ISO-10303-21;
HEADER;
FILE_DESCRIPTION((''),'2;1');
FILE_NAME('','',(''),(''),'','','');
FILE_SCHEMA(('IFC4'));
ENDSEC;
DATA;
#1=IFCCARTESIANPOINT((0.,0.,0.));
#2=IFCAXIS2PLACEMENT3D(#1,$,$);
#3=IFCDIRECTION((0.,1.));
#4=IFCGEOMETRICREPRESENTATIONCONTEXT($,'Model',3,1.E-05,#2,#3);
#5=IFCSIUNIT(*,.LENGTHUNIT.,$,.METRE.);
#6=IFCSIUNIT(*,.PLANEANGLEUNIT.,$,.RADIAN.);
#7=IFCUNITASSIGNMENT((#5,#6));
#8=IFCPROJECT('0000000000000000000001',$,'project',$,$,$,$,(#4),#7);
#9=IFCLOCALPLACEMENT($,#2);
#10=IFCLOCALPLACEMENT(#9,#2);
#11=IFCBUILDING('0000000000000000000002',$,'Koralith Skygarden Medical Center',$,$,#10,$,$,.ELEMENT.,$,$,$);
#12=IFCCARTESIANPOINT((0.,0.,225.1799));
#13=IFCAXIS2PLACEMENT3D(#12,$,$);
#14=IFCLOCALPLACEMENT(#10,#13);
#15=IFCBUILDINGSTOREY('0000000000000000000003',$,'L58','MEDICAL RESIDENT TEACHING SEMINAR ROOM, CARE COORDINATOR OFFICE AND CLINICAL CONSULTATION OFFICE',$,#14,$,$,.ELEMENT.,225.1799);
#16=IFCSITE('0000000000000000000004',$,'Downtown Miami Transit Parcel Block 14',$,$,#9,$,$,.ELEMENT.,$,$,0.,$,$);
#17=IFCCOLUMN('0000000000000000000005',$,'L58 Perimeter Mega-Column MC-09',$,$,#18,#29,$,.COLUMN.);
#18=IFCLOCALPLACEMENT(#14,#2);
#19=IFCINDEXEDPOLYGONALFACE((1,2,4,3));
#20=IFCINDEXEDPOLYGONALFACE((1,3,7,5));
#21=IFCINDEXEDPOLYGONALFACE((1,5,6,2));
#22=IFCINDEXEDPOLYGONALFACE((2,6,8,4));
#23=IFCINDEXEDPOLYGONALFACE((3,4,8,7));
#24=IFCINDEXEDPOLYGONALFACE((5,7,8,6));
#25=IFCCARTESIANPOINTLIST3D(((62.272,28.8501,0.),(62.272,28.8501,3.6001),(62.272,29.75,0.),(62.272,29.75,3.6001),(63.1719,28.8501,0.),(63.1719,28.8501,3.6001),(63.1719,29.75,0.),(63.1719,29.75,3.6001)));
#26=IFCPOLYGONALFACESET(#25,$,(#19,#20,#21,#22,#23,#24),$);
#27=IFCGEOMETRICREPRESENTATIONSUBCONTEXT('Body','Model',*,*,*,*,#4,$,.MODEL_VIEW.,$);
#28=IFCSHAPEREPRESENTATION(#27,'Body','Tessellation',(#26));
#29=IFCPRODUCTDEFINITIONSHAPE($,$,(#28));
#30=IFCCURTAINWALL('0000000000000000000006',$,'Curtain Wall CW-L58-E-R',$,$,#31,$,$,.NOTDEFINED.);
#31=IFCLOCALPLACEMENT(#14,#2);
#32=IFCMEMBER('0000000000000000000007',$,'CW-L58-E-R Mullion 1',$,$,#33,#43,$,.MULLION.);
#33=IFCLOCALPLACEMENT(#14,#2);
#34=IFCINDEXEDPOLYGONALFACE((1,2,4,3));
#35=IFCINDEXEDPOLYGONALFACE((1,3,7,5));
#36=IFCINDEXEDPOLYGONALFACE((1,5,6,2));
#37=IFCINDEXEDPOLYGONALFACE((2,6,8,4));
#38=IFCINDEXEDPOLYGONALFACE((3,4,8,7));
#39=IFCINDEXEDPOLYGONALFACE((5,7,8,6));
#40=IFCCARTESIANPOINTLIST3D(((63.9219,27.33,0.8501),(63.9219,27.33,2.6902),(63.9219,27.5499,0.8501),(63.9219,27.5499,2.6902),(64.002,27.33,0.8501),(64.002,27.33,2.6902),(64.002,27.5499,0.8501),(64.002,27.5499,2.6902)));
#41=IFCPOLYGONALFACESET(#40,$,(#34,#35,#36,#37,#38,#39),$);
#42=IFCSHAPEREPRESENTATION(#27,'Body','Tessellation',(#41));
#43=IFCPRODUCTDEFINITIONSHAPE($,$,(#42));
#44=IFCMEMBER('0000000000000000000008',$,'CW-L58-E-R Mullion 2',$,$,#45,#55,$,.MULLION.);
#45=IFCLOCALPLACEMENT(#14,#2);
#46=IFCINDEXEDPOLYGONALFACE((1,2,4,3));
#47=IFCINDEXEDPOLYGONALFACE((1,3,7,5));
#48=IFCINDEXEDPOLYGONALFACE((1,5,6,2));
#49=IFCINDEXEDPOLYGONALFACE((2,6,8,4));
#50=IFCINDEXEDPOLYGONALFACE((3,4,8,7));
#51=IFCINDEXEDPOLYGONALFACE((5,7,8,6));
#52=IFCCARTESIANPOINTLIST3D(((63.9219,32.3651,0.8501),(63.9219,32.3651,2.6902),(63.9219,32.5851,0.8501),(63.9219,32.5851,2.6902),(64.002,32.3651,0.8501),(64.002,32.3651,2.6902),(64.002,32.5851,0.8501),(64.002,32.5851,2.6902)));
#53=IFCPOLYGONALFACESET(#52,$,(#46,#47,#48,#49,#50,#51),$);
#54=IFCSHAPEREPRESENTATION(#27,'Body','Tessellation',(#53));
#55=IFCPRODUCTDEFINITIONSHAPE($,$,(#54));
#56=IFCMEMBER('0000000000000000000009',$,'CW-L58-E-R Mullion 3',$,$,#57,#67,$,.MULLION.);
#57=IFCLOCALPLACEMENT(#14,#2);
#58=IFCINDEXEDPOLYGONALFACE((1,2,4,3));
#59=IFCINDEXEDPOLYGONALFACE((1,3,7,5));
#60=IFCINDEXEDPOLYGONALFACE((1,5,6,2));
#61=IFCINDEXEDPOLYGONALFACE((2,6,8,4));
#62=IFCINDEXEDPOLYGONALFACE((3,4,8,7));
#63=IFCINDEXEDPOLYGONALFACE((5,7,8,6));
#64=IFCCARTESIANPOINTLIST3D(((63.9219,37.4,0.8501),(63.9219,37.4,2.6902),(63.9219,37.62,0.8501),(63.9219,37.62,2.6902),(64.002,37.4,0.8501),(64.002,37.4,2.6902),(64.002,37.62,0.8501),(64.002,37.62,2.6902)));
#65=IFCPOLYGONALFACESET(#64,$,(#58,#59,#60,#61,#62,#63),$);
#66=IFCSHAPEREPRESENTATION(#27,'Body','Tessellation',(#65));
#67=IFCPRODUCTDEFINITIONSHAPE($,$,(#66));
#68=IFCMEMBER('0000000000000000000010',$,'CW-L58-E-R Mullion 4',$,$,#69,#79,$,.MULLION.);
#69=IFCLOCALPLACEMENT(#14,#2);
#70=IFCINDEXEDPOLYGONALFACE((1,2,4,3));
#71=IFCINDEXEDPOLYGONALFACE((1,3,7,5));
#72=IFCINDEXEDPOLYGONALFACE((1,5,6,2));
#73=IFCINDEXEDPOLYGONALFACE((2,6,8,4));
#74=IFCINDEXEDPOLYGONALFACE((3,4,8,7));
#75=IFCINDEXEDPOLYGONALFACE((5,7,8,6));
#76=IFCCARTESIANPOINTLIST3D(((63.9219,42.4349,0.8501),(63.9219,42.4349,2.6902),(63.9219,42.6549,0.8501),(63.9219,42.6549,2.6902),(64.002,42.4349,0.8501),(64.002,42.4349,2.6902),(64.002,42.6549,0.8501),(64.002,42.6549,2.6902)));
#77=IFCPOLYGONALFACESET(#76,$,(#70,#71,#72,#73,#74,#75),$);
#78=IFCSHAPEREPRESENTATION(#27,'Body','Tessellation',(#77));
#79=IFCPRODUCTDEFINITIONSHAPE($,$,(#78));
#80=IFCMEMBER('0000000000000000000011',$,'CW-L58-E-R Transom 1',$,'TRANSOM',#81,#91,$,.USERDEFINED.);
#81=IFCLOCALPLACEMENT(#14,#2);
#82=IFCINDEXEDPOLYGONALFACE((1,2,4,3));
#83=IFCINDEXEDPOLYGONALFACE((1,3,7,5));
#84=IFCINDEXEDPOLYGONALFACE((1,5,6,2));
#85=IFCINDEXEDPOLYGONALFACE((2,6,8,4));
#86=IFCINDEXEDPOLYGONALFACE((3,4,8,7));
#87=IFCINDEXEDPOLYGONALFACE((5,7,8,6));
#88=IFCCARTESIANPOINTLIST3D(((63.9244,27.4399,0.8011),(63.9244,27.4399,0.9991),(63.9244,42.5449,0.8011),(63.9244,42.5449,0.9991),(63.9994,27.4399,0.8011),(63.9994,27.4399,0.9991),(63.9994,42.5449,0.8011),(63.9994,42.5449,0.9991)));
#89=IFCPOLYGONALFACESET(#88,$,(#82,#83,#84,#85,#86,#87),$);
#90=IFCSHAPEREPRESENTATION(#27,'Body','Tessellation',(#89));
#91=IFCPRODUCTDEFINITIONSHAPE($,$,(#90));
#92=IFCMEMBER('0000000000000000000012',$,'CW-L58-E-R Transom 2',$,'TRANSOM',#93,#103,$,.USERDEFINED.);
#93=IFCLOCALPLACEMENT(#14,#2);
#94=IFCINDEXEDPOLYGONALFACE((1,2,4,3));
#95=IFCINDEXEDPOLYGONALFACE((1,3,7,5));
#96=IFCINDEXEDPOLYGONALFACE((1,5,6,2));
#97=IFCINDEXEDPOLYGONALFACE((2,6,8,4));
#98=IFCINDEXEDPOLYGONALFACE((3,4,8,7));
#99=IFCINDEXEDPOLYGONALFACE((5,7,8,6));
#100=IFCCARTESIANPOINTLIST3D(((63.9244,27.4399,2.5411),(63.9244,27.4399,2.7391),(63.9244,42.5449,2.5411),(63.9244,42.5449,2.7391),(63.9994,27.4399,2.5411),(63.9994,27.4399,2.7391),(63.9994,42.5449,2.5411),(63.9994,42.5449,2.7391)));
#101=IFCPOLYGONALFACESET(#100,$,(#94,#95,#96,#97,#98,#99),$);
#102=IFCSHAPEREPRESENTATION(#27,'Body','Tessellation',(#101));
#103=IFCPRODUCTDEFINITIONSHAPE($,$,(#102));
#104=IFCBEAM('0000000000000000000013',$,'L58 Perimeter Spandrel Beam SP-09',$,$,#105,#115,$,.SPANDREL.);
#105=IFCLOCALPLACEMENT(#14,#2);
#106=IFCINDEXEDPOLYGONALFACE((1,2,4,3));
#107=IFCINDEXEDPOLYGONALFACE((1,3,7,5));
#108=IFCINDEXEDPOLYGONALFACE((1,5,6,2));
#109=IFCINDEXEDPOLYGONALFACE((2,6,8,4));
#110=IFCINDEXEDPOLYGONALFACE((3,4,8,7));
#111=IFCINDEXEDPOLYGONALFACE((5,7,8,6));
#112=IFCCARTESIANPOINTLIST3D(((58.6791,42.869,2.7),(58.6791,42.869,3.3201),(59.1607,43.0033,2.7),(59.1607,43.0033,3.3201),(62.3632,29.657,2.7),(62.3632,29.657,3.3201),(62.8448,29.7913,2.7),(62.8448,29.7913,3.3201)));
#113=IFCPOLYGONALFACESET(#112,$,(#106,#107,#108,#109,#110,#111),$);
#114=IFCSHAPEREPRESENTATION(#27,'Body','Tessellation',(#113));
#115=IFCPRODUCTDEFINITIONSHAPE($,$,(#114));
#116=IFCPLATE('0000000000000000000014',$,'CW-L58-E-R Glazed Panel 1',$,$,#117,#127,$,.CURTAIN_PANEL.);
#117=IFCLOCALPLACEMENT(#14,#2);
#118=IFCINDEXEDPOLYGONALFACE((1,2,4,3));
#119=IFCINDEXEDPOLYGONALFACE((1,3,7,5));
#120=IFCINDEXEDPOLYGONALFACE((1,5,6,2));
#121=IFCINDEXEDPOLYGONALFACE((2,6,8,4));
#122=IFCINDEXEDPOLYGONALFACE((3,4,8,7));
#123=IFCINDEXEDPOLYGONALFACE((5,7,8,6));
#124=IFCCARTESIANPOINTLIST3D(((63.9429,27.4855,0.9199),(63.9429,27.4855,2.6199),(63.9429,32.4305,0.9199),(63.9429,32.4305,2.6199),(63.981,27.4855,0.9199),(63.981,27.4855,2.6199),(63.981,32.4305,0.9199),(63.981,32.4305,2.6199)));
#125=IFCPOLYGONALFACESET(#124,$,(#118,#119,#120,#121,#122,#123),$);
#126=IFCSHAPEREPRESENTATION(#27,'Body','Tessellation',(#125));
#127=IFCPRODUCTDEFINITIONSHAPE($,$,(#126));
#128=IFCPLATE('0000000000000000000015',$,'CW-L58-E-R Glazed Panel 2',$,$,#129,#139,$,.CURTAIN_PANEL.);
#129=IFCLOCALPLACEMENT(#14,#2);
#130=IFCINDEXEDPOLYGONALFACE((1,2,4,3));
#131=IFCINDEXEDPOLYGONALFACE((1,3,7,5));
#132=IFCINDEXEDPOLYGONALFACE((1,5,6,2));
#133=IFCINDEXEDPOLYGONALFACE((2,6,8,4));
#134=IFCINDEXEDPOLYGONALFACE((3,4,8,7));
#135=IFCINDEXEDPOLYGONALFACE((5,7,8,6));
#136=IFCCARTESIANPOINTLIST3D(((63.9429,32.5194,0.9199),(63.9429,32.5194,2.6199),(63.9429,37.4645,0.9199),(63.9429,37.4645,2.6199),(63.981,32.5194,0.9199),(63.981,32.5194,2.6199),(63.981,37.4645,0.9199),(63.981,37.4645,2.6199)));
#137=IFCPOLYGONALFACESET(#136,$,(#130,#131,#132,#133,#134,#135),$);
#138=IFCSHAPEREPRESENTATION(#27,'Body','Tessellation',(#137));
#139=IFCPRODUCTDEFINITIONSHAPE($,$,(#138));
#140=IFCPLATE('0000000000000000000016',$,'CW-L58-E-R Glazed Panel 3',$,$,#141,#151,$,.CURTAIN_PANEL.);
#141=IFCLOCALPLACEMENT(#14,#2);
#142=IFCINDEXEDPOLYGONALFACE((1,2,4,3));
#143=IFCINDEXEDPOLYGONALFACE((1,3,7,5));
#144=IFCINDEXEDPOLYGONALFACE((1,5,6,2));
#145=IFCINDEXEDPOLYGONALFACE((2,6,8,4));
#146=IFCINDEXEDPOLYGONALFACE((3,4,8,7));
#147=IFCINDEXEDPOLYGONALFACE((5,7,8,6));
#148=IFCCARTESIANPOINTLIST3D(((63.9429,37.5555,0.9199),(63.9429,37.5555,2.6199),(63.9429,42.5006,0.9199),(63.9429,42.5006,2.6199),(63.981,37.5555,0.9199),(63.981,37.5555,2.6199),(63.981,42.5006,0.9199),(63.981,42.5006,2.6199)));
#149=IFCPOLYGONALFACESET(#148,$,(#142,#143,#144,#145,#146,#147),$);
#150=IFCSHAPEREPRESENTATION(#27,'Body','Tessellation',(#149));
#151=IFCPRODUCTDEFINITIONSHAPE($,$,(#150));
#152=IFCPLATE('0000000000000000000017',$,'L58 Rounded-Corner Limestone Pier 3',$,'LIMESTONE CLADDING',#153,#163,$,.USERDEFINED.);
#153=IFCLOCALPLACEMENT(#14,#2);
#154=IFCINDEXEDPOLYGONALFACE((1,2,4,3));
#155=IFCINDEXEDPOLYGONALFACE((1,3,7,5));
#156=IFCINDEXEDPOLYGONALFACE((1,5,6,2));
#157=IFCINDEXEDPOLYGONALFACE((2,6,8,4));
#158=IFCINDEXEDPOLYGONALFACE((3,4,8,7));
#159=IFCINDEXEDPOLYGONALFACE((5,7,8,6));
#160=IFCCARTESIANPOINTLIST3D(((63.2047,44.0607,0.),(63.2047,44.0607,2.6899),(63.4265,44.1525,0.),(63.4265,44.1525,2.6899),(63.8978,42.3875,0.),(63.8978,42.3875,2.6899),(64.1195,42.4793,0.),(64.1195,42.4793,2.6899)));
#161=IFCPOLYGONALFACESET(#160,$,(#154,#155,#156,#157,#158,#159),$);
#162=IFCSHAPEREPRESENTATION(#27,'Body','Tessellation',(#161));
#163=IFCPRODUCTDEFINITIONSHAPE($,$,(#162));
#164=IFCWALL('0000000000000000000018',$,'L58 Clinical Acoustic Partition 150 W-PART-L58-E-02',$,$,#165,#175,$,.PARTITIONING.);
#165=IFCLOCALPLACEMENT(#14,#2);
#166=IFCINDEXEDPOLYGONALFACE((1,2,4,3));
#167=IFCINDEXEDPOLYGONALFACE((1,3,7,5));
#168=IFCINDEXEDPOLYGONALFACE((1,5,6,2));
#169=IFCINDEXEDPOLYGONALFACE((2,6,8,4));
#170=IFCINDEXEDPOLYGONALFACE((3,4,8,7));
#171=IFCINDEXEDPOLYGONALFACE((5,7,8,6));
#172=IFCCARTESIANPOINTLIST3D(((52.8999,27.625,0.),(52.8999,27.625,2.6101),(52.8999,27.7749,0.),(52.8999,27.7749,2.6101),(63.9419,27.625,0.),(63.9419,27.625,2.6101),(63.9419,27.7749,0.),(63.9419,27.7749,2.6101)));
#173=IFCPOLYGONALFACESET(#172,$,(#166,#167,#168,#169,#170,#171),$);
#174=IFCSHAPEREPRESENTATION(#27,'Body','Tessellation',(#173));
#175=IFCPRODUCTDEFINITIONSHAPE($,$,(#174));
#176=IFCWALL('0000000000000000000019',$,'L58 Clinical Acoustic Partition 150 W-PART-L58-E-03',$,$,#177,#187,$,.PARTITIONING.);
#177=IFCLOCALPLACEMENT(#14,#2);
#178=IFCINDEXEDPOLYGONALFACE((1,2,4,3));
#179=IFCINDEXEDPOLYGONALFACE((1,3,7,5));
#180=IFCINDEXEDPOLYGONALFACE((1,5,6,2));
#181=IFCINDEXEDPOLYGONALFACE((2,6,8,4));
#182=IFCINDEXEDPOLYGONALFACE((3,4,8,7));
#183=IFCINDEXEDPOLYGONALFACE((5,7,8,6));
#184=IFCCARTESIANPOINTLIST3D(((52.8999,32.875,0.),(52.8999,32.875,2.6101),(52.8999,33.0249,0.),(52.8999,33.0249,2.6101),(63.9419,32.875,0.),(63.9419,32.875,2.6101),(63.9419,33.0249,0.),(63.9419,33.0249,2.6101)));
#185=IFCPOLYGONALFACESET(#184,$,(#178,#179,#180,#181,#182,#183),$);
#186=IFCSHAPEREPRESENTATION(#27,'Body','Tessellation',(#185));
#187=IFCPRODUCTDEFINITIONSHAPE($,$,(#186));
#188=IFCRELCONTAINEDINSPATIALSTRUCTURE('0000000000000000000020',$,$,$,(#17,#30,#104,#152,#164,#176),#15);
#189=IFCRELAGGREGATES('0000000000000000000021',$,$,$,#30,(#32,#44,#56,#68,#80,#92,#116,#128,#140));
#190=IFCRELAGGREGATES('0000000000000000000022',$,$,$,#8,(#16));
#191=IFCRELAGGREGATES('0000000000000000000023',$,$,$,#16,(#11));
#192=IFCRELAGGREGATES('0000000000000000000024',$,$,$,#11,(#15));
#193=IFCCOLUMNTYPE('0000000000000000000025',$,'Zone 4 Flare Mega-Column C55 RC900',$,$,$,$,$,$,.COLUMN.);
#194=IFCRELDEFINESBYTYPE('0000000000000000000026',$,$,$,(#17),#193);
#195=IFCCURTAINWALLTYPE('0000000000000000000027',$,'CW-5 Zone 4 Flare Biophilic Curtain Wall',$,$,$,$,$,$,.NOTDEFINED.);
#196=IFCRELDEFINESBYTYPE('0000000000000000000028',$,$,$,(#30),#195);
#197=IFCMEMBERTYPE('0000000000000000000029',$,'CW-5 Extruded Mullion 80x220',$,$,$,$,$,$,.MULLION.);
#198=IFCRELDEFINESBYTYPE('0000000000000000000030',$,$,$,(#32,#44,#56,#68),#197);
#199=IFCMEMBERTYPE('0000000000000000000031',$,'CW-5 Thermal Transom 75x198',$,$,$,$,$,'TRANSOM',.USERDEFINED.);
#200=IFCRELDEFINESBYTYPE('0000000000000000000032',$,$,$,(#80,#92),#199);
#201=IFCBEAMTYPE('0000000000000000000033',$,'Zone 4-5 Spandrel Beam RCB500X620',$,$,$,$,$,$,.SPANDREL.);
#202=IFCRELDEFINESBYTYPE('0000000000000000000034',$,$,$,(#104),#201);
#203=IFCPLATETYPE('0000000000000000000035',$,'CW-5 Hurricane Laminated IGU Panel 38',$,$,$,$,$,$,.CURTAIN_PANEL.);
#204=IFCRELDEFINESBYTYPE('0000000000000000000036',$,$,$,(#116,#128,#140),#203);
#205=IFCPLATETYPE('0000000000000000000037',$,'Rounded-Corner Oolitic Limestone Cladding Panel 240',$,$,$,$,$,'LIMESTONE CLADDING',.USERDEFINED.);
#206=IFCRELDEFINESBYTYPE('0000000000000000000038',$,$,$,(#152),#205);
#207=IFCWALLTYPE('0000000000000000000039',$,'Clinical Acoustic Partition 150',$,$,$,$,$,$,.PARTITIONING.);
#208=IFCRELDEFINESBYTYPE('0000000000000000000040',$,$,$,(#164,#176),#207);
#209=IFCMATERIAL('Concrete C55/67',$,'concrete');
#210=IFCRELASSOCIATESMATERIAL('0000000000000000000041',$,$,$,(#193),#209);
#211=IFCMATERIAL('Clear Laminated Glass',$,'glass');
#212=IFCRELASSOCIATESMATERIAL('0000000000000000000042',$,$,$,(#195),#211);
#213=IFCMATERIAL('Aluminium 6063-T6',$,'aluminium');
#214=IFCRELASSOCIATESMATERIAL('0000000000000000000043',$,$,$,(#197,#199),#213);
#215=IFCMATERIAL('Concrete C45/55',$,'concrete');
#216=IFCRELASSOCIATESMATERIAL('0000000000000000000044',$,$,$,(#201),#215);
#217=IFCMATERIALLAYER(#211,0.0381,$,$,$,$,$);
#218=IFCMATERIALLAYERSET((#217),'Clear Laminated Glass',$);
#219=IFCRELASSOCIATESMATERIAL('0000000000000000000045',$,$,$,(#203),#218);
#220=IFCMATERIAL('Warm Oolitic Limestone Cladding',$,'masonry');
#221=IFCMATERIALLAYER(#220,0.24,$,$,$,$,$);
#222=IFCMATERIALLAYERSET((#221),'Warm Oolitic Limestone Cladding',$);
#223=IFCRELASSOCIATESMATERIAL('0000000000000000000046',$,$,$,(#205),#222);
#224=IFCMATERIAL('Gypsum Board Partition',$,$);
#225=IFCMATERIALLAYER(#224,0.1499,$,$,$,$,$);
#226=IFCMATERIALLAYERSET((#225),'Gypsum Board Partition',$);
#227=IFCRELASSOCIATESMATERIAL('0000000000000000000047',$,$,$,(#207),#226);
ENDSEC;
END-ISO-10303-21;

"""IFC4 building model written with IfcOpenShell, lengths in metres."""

from ifc_helpers import new_model, si_unit, direction, frame, frame_2d, origin, origin_2d, place, context, subcontext, project, spatial, rectangle, extrude, material, layer, layer_set, material_profile, profile_set, type_object, element, aggregate, save


model = new_model("IFC4")

# Units and contexts
model_context = context("Model", 3, precision=1e-05, world=origin(), true_north=direction((0.0, 1.0)))
body_context = subcontext(model_context, "Body", "Model", "MODEL_VIEW")
ifc_project = project(units=[si_unit("LENGTHUNIT", "METRE"), si_unit("PLANEANGLEUNIT", "RADIAN")], contexts=[model_context])

# Site, building, storey
site_placement = place(None, origin())
site = spatial("IfcSite", under=ifc_project, at=site_placement, Name="Downtown Miami Transit Parcel Block 14", CompositionType="ELEMENT", RefElevation=0.0)
building_placement = place(site_placement, origin())
building = spatial("IfcBuilding", under=site, at=building_placement, Name="Koralith Skygarden Medical Center", CompositionType="ELEMENT")
storey_placement = place(building_placement, frame((0.0, 0.0, 225.1799)))
storey = spatial("IfcBuildingStorey", under=building, at=storey_placement, Name="L58", Description="MEDICAL RESIDENT TEACHING SEMINAR ROOM, CARE COORDINATOR OFFICE AND CLINICAL CONSULTATION OFFICE", CompositionType="ELEMENT", Elevation=225.1799)

# Column
ifc_material_1 = material(Name="Concrete C55/67", Category="concrete")
ifc_material_profile_1 = material_profile(ifc_material_1, rectangle(XDim=0.8999, YDim=0.8999, at=origin_2d()), Name="RC900X900")
ifc_profile_set_1 = profile_set([ifc_material_profile_1], Name="Concrete C55/67")
column_type = type_object("IfcColumnType", Name="Zone 4 Flare Mega-Column C55 RC900", PredefinedType="COLUMN", material=ifc_profile_set_1)
column_placement = place(storey_placement, frame((62.7219, 29.3, 0.0), z_axis=(0.0, 0.0, 1.0), x_axis=(1.0, 0.0, 0.0)))
element("IfcColumn", 1, at=column_placement, inside=storey, type_object=column_type, Name="L58 Perimeter Mega-Column MC-09", PredefinedType="COLUMN", context=body_context, shape_type="SweptSolid", body=[
    extrude(rectangle(XDim=0.8999, YDim=0.8999, at=origin_2d()), origin(), (0.0, 0.0, 1.0), 3.6001),
])

# Curtain wall, members
ifc_material_2 = material(Name="Clear Laminated Glass", Category="glass")
curtain_wall_type = type_object("IfcCurtainWallType", Name="CW-5 Zone 4 Flare Biophilic Curtain Wall", PredefinedType="NOTDEFINED", material=ifc_material_2)
curtain_wall_placement = place(storey_placement, origin())
curtain_wall = element("IfcCurtainWall", 2, at=curtain_wall_placement, inside=storey, type_object=curtain_wall_type, Name="Curtain Wall CW-L58-E-R", PredefinedType="NOTDEFINED")
ifc_material_3 = material(Name="Aluminium 6063-T6", Category="aluminium")
ifc_material_profile_2 = material_profile(ifc_material_3, rectangle(XDim=0.0801, YDim=0.22, at=origin_2d()), Name="MUL80X220")
ifc_profile_set_2 = profile_set([ifc_material_profile_2], Name="Aluminium 6063-T6")
member_type_1 = type_object("IfcMemberType", Name="CW-5 Extruded Mullion 80x220", PredefinedType="MULLION", material=ifc_profile_set_2)
member_1_placement = place(storey_placement, frame((63.9619, 27.4399, 0.8501), z_axis=(0.0, 0.0, 1.0), x_axis=(1.0, 0.0, 0.0)))
member_1 = element("IfcMember", 3, at=member_1_placement, type_object=member_type_1, Name="CW-L58-E-R Mullion 1", PredefinedType="MULLION", context=body_context, shape_type="SweptSolid", body=[
    extrude(rectangle(XDim=0.0801, YDim=0.22, at=origin_2d()), origin(), (0.0, 0.0, 1.0), 1.8401),
])
member_2_placement = place(storey_placement, frame((63.9619, 32.4751, 0.8501), z_axis=(0.0, 0.0, 1.0), x_axis=(1.0, 0.0, 0.0)))
member_2 = element("IfcMember", 4, at=member_2_placement, type_object=member_type_1, Name="CW-L58-E-R Mullion 2", PredefinedType="MULLION", context=body_context, shape_type="SweptSolid", body=[
    extrude(rectangle(XDim=0.0801, YDim=0.22, at=origin_2d()), origin(), (0.0, 0.0, 1.0), 1.8401),
])
member_3_placement = place(storey_placement, frame((63.9619, 37.51, 0.8501), z_axis=(0.0, 0.0, 1.0), x_axis=(1.0, 0.0, 0.0)))
member_3 = element("IfcMember", 5, at=member_3_placement, type_object=member_type_1, Name="CW-L58-E-R Mullion 3", PredefinedType="MULLION", context=body_context, shape_type="SweptSolid", body=[
    extrude(rectangle(XDim=0.0801, YDim=0.22, at=origin_2d()), origin(), (0.0, 0.0, 1.0), 1.8401),
])
member_4_placement = place(storey_placement, frame((63.9619, 42.5449, 0.8501), z_axis=(0.0, 0.0, 1.0), x_axis=(1.0, 0.0, 0.0)))
member_4 = element("IfcMember", 6, at=member_4_placement, type_object=member_type_1, Name="CW-L58-E-R Mullion 4", PredefinedType="MULLION", context=body_context, shape_type="SweptSolid", body=[
    extrude(rectangle(XDim=0.0801, YDim=0.22, at=origin_2d()), origin(), (0.0, 0.0, 1.0), 1.8401),
])
ifc_material_profile_3 = material_profile(ifc_material_3, rectangle(XDim=0.075, YDim=0.198, at=origin_2d()), Name="TRN75X198")
ifc_profile_set_3 = profile_set([ifc_material_profile_3], Name="Aluminium 6063-T6")
member_type_2 = type_object("IfcMemberType", Name="CW-5 Thermal Transom 75x198", ElementType="TRANSOM", PredefinedType="USERDEFINED", material=ifc_profile_set_3)
member_5_placement = place(storey_placement, frame((63.9619, 27.4399, 0.9001), z_axis=(0.0, 1.0, 0.0), x_axis=(-1.0, 0.0, 0.0)))
member_5 = element("IfcMember", 7, at=member_5_placement, type_object=member_type_2, Name="CW-L58-E-R Transom 1", ObjectType="TRANSOM", PredefinedType="USERDEFINED", context=body_context, shape_type="SweptSolid", body=[
    extrude(rectangle(XDim=0.075, YDim=0.198, at=origin_2d()), origin(), (0.0, 0.0, 1.0), 15.105),
])
member_6_placement = place(storey_placement, frame((63.9619, 27.4399, 2.6401), z_axis=(0.0, 1.0, 0.0), x_axis=(-1.0, 0.0, 0.0)))
member_6 = element("IfcMember", 8, at=member_6_placement, type_object=member_type_2, Name="CW-L58-E-R Transom 2", ObjectType="TRANSOM", PredefinedType="USERDEFINED", context=body_context, shape_type="SweptSolid", body=[
    extrude(rectangle(XDim=0.075, YDim=0.198, at=origin_2d()), origin(), (0.0, 0.0, 1.0), 15.105),
])

# Beam
ifc_material_4 = material(Name="Concrete C45/55", Category="concrete")
ifc_material_profile_4 = material_profile(ifc_material_4, rectangle(XDim=0.5, YDim=0.6201, at=origin_2d()), Name="RCB500X620")
ifc_profile_set_4 = profile_set([ifc_material_profile_4], Name="Concrete C45/55")
beam_type = type_object("IfcBeamType", Name="Zone 4-5 Spandrel Beam RCB500X620", PredefinedType="SPANDREL", material=ifc_profile_set_4)
beam_placement = place(storey_placement, frame((62.604, 29.7241, 3.01), z_axis=(-0.268598, 0.963252, 0.0), x_axis=(-0.963252, -0.268598, 0.0)))
element("IfcBeam", 9, at=beam_placement, inside=storey, type_object=beam_type, Name="L58 Perimeter Spandrel Beam SP-09", PredefinedType="SPANDREL", context=body_context, shape_type="SweptSolid", body=[
    extrude(rectangle(XDim=0.5, YDim=0.6201, at=origin_2d()), origin(), (0.0, 0.0, 1.0), 13.7161),
])

# Plates
ifc_layer_1 = layer(ifc_material_2, 0.0381)
ifc_layer_set_1 = layer_set([ifc_layer_1], Name="Clear Laminated Glass")
plate_type_1 = type_object("IfcPlateType", Name="CW-5 Hurricane Laminated IGU Panel 38", PredefinedType="CURTAIN_PANEL", material=ifc_layer_set_1)
plate_1_placement = place(storey_placement, frame((63.9619, 29.958, 0.9199), z_axis=(0.0, 0.0, 1.0), x_axis=(0.0, 1.0, 0.0)))
plate_1 = element("IfcPlate", 10, at=plate_1_placement, type_object=plate_type_1, Name="CW-L58-E-R Glazed Panel 1", PredefinedType="CURTAIN_PANEL", context=body_context, shape_type="SweptSolid", body=[
    extrude(rectangle(XDim=4.9451, YDim=0.0381, at=origin_2d()), origin(), (0.0, 0.0, 1.0), 1.7),
])
plate_2_placement = place(storey_placement, frame((63.9619, 34.9919, 0.9199), z_axis=(0.0, 0.0, 1.0), x_axis=(0.0, 1.0, 0.0)))
plate_2 = element("IfcPlate", 11, at=plate_2_placement, type_object=plate_type_1, Name="CW-L58-E-R Glazed Panel 2", PredefinedType="CURTAIN_PANEL", context=body_context, shape_type="SweptSolid", body=[
    extrude(rectangle(XDim=4.9451, YDim=0.0381, at=origin_2d()), origin(), (0.0, 0.0, 1.0), 1.7),
])
plate_3_placement = place(storey_placement, frame((63.9619, 40.0281, 0.9199), z_axis=(0.0, 0.0, 1.0), x_axis=(0.0, 1.0, 0.0)))
plate_3 = element("IfcPlate", 12, at=plate_3_placement, type_object=plate_type_1, Name="CW-L58-E-R Glazed Panel 3", PredefinedType="CURTAIN_PANEL", context=body_context, shape_type="SweptSolid", body=[
    extrude(rectangle(XDim=4.9451, YDim=0.0381, at=origin_2d()), origin(), (0.0, 0.0, 1.0), 1.7),
])
aggregate(curtain_wall, [member_1, member_2, member_3, member_4, member_5, member_6, plate_1, plate_2, plate_3])
ifc_material_5 = material(Name="Warm Oolitic Limestone Cladding", Category="masonry")
ifc_layer_2 = layer(ifc_material_5, 0.24)
ifc_layer_set_2 = layer_set([ifc_layer_2], Name="Warm Oolitic Limestone Cladding")
plate_type_2 = type_object("IfcPlateType", Name="Rounded-Corner Oolitic Limestone Cladding Panel 240", ElementType="LIMESTONE CLADDING", PredefinedType="USERDEFINED", material=ifc_layer_set_2)
plate_4_placement = place(storey_placement, frame((63.6621, 43.27, 0.0), z_axis=(0.0, 0.0, 1.0), x_axis=(-0.382671, 0.923885, 0.0)))
element("IfcPlate", 13, at=plate_4_placement, inside=storey, type_object=plate_type_2, Name="L58 Rounded-Corner Limestone Pier 3", ObjectType="LIMESTONE CLADDING", PredefinedType="USERDEFINED", context=body_context, shape_type="SweptSolid", body=[
    extrude(rectangle(XDim=1.811, YDim=0.24, at=origin_2d()), origin(), (0.0, 0.0, 1.0), 2.6899),
])

# Walls
ifc_material_6 = material(Name="Gypsum Board Partition")
ifc_layer_3 = layer(ifc_material_6, 0.1499)
ifc_layer_set_3 = layer_set([ifc_layer_3], Name="Gypsum Board Partition")
wall_type_1 = type_object("IfcWallType", Name="Clinical Acoustic Partition 150", PredefinedType="PARTITIONING", material=ifc_layer_set_3)
for number, where, z_axis, x_axis, name in (
    (14, (52.8999, 27.7, 0.0), (0.0, 0.0, 1.0), (1.0, 0.0, 0.0), "L58 Clinical Acoustic Partition 150 W-PART-L58-E-02"),
    (15, (52.8999, 32.95, 0.0), (0.0, 0.0, 1.0), (1.0, 0.0, 0.0), "L58 Clinical Acoustic Partition 150 W-PART-L58-E-03"),
):
    element("IfcWall", number, at=place(storey_placement, frame(where, z_axis=z_axis, x_axis=x_axis)), inside=storey, type_object=wall_type_1, Name=name, PredefinedType="PARTITIONING", context=body_context, shape_type="SweptSolid", body=[
        extrude(rectangle(XDim=11.042, YDim=0.1499, at=frame_2d((5.521, 0.0))), origin(), (0.0, 0.0, 1.0), 2.6101),
    ])

save(model, "model.ifc")
